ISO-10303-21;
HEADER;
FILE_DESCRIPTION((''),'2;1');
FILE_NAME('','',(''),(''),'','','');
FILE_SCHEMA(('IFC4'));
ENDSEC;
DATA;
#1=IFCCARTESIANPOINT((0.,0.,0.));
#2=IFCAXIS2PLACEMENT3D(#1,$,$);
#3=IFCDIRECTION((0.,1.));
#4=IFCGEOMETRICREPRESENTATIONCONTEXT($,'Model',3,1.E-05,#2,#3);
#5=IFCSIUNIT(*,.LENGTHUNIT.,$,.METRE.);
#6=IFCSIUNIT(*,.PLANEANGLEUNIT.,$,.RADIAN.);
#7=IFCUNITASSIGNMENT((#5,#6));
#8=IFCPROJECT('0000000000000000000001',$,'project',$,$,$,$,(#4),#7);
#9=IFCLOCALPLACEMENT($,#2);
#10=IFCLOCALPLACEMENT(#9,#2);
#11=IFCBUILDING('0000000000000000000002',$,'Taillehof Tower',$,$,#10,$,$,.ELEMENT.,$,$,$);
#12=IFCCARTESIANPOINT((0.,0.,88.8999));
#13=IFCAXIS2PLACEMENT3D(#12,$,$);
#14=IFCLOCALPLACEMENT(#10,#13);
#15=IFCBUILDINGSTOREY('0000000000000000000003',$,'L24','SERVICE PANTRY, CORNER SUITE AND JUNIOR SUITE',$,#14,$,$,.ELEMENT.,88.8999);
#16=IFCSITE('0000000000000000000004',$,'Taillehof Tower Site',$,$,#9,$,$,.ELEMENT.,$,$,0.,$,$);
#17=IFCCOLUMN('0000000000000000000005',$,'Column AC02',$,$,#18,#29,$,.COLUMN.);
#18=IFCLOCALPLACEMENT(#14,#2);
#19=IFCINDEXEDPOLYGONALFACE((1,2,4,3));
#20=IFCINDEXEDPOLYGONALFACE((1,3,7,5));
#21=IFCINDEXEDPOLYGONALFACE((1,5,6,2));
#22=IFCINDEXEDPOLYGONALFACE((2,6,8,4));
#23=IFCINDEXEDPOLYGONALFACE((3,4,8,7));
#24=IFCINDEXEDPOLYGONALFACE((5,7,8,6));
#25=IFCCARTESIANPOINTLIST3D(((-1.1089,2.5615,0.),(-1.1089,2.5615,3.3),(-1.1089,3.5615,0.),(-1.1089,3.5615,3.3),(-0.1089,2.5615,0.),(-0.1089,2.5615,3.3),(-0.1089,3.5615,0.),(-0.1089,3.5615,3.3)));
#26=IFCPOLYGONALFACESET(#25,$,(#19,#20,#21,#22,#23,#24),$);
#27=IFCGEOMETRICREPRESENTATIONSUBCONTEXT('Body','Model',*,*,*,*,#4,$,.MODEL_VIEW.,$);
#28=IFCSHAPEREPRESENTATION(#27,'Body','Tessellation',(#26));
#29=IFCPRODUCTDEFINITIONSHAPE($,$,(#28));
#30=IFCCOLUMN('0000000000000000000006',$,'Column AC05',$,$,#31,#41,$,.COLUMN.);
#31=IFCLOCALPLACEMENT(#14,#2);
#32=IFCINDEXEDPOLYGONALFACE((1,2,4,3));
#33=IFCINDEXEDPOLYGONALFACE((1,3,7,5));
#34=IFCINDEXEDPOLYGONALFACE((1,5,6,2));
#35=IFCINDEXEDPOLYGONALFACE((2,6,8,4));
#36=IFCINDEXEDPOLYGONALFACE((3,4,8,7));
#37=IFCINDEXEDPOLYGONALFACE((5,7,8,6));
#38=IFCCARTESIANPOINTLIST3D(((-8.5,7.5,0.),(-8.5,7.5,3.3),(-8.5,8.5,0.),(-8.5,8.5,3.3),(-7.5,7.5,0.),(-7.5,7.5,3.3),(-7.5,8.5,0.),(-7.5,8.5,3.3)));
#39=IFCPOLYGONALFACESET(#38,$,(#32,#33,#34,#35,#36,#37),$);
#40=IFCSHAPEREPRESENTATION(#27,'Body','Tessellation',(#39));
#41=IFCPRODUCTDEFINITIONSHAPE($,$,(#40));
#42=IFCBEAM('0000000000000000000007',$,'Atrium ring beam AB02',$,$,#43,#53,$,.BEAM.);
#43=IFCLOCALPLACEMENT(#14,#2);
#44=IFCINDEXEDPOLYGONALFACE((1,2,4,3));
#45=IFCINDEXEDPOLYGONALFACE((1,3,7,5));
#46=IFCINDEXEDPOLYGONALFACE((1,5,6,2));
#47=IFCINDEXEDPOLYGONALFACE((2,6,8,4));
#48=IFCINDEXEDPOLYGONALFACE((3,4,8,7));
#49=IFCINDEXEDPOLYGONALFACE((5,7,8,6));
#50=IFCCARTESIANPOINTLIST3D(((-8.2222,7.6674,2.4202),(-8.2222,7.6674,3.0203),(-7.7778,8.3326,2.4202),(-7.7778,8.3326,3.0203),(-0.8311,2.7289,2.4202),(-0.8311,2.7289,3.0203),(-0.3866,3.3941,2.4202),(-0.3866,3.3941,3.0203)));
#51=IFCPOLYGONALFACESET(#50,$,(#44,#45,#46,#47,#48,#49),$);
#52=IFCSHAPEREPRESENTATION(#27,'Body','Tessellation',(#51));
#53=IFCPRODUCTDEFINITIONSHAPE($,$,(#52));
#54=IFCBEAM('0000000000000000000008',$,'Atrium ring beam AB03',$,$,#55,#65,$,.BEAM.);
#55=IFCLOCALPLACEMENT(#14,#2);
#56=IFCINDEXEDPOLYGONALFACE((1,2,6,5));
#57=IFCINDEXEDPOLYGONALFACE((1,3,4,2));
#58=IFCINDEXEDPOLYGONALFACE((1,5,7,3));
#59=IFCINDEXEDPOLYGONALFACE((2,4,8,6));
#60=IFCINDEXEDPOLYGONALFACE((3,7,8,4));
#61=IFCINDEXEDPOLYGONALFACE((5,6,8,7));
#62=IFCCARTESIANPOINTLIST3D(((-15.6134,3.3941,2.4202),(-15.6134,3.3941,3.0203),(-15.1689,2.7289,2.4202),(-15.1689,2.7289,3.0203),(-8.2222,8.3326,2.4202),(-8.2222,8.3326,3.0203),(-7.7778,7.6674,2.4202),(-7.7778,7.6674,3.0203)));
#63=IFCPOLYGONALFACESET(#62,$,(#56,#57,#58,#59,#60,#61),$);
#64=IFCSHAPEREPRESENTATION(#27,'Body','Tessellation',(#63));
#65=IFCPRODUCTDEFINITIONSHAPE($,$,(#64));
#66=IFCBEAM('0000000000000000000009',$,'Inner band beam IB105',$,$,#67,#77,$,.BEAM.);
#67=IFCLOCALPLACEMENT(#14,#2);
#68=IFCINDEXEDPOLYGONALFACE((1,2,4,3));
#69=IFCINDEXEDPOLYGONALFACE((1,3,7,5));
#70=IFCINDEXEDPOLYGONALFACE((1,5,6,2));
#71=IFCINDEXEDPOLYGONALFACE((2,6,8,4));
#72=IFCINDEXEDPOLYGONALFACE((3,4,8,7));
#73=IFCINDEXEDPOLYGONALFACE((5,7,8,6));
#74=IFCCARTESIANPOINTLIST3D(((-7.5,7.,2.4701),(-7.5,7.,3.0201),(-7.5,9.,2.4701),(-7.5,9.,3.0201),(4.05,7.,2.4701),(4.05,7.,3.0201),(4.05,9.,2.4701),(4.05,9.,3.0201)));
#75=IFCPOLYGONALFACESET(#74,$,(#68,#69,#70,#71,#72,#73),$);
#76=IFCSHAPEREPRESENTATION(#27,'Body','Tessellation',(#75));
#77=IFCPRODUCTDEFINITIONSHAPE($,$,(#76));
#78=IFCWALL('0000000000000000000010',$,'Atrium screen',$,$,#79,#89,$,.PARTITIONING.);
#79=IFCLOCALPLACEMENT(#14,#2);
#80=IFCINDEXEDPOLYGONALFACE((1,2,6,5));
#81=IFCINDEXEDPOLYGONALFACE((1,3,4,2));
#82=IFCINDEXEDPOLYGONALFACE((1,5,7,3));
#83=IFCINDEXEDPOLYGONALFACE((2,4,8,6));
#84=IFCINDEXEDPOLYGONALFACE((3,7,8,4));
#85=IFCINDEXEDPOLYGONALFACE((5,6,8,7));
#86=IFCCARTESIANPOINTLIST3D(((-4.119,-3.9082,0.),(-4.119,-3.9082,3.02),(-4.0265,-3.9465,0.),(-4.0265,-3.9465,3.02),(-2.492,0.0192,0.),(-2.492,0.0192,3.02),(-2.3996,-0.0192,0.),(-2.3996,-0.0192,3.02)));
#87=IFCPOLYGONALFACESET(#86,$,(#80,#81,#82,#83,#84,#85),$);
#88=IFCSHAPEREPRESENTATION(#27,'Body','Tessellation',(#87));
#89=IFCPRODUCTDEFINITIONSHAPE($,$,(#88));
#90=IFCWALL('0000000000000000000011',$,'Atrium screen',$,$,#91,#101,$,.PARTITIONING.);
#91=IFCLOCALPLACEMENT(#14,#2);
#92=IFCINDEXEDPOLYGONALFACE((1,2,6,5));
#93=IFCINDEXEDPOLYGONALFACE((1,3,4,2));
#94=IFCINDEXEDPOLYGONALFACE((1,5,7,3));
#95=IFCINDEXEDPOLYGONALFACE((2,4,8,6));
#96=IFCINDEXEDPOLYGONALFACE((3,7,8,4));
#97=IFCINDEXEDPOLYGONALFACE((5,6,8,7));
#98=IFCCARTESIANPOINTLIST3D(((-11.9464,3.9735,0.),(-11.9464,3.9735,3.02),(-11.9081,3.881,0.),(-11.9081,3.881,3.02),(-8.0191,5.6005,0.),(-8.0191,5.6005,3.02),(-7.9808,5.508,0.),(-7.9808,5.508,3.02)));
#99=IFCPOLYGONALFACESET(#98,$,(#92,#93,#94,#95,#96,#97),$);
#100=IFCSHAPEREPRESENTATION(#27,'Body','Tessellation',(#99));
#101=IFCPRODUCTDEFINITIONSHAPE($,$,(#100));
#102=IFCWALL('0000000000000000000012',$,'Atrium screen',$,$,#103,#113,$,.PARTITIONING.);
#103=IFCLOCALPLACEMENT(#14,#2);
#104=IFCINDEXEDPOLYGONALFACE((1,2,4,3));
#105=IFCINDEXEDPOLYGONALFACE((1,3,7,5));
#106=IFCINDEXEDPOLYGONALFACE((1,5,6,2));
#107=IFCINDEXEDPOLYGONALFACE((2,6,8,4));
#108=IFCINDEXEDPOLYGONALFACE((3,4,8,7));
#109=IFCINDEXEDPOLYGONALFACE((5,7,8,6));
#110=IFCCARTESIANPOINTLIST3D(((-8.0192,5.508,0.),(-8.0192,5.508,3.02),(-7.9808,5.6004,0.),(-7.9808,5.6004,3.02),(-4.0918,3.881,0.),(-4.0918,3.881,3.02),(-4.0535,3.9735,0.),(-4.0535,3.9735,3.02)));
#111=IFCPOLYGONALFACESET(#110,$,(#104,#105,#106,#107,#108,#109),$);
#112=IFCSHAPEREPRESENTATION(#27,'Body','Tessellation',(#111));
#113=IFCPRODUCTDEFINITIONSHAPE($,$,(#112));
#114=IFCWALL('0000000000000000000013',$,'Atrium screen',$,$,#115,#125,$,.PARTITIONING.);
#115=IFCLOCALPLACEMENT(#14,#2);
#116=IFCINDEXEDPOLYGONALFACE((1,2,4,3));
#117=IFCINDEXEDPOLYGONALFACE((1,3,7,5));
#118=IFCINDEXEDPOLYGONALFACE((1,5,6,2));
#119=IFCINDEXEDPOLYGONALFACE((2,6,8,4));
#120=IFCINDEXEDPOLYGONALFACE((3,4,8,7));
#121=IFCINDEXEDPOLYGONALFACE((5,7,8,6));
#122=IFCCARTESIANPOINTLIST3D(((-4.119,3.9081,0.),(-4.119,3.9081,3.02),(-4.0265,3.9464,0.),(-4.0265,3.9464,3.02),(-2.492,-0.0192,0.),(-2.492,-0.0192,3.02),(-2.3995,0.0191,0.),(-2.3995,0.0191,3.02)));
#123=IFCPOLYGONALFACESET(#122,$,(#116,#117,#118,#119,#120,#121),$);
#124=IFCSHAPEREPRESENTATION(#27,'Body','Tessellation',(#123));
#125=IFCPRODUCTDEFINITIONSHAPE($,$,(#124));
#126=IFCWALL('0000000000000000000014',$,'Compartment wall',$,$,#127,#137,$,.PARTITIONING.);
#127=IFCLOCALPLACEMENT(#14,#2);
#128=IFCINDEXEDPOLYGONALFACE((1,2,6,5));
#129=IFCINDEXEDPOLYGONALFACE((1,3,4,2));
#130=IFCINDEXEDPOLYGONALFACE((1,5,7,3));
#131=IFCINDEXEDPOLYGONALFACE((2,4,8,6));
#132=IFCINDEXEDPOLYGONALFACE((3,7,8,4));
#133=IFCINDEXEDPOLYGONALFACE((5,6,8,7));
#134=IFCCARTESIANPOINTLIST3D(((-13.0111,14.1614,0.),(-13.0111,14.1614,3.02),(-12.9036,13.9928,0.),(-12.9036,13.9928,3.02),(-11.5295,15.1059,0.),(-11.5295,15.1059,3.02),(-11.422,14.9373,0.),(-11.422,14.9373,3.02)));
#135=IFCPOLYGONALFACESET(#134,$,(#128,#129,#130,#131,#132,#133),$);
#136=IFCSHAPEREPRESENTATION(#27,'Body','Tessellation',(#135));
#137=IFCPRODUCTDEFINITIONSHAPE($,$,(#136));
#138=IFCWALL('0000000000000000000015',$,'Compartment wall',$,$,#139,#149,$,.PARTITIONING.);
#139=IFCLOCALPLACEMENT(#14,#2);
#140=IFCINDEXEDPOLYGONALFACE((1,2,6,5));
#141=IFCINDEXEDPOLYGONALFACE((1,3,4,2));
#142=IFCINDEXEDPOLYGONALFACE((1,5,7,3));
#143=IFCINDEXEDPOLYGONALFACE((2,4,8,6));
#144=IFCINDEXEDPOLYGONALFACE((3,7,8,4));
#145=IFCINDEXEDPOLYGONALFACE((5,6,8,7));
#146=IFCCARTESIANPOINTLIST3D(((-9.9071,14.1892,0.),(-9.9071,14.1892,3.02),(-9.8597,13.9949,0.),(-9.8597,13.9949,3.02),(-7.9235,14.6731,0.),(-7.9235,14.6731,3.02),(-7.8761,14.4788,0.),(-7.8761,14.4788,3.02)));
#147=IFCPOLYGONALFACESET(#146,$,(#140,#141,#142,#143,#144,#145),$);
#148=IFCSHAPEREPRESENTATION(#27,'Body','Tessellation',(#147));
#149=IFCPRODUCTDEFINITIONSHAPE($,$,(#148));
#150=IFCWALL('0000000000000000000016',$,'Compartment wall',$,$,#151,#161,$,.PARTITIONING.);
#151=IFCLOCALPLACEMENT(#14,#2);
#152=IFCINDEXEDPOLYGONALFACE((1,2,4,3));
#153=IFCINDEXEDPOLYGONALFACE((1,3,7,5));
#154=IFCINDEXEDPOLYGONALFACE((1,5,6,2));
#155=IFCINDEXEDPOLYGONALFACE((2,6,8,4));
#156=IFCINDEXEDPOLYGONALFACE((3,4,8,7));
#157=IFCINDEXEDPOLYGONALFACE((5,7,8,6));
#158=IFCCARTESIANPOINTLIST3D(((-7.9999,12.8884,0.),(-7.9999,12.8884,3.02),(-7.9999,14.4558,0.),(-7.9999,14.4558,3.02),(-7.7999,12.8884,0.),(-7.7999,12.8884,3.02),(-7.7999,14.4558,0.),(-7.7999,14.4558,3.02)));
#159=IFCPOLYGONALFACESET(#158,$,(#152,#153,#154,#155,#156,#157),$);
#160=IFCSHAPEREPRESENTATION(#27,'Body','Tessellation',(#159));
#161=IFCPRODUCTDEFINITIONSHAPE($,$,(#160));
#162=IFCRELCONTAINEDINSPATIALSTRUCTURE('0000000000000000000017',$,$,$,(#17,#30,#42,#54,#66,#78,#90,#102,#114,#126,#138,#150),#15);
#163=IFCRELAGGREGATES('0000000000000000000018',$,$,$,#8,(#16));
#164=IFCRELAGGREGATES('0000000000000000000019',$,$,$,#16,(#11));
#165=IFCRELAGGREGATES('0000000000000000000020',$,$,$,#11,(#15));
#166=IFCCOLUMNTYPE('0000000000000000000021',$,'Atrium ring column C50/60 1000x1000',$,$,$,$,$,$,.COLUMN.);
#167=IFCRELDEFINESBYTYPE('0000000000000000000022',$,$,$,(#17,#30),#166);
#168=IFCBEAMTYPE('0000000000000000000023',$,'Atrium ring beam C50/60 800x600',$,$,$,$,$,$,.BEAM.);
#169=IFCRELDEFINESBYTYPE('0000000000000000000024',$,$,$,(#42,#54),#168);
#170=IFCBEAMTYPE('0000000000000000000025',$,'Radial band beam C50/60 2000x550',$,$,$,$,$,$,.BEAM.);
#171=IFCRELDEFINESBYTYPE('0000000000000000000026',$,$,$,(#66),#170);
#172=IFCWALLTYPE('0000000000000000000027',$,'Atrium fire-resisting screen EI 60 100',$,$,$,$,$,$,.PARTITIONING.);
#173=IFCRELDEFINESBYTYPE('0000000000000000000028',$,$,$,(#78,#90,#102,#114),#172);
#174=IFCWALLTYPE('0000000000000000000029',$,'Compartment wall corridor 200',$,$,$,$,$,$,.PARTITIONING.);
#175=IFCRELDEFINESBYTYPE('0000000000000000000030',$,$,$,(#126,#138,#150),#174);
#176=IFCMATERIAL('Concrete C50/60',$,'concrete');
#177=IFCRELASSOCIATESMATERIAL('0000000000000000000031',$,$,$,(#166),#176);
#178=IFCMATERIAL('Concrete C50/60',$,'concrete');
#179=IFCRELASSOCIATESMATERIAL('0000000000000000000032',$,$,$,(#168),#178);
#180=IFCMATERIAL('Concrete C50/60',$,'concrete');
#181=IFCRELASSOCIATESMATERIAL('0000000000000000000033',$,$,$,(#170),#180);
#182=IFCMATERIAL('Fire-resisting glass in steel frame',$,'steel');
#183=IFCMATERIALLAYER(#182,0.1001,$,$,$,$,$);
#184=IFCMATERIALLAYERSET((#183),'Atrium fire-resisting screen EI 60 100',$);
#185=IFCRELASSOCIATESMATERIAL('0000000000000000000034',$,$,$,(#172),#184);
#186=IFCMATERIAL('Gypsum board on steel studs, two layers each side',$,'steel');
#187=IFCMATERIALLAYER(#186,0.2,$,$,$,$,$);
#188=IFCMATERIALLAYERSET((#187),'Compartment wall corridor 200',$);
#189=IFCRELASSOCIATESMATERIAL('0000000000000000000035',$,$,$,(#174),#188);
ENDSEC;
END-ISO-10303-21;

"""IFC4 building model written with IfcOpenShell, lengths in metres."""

from ifc_helpers import new_model, si_unit, direction, frame, frame_2d, origin, origin_2d, place, context, subcontext, project, spatial, rectangle, extrude, material, layer, layer_set, material_profile, profile_set, type_object, element, save


model = new_model("IFC4")

# Units and contexts
model_context = context("Model", 3, precision=1e-05, world=origin(), true_north=direction((0.0, 1.0)))
body_context = subcontext(model_context, "Body", "Model", "MODEL_VIEW")
ifc_project = project(units=[si_unit("LENGTHUNIT", "METRE"), si_unit("PLANEANGLEUNIT", "RADIAN")], contexts=[model_context])

# Site, building, storey
site_placement = place(None, origin())
site = spatial("IfcSite", under=ifc_project, at=site_placement, Name="Taillehof Tower Site", CompositionType="ELEMENT", RefElevation=0.0)
building_placement = place(site_placement, origin())
building = spatial("IfcBuilding", under=site, at=building_placement, Name="Taillehof Tower", CompositionType="ELEMENT")
storey_placement = place(building_placement, frame((0.0, 0.0, 88.8999)))
storey = spatial("IfcBuildingStorey", under=building, at=storey_placement, Name="L24", Description="SERVICE PANTRY, CORNER SUITE AND JUNIOR SUITE", CompositionType="ELEMENT", Elevation=88.8999)

# Columns
ifc_material_1 = material(Name="Concrete C50/60", Category="concrete")
ifc_material_profile_1 = material_profile(ifc_material_1, rectangle(XDim=1.0, YDim=1.0, at=origin_2d()), Name="RC 1000x1000")
ifc_profile_set_1 = profile_set([ifc_material_profile_1], Name="Concrete C50/60")
column_type = type_object("IfcColumnType", Name="Atrium ring column C50/60 1000x1000", PredefinedType="COLUMN", material=ifc_profile_set_1)
for number, where, z_axis, x_axis, name in (
    (1, (-0.6089, 3.0615, 0.0), (0.0, 0.0, 1.0), (1.0, 0.0, 0.0), "Column AC02"),
    (2, (-8.0, 8.0, 0.0), (0.0, 0.0, 1.0), (1.0, 0.0, 0.0), "Column AC05"),
):
    element("IfcColumn", number, at=place(storey_placement, frame(where, z_axis=z_axis, x_axis=x_axis)), inside=storey, type_object=column_type, Name=name, PredefinedType="COLUMN", context=body_context, shape_type="SweptSolid", body=[
        extrude(rectangle(XDim=1.0, YDim=1.0, at=origin_2d()), origin(), (0.0, 0.0, 1.0), 3.3),
    ])

# Beams
ifc_material_2 = material(Name="Concrete C50/60", Category="concrete")
ifc_material_profile_2 = material_profile(ifc_material_2, rectangle(XDim=0.8, YDim=0.6001, at=origin_2d()), Name="RC 800x600")
ifc_profile_set_2 = profile_set([ifc_material_profile_2], Name="Concrete C50/60")
beam_type_1 = type_object("IfcBeamType", Name="Atrium ring beam C50/60 800x600", PredefinedType="BEAM", material=ifc_profile_set_2)
for number, where, z_axis, x_axis, name in (
    (3, (-0.6089, 3.0615, 2.7202), (-0.831475, 0.555562, 0.0), (-0.555562, -0.831475, 0.0), "Atrium ring beam AB02"),
    (4, (-8.0, 8.0, 2.7202), (-0.831475, -0.555562, 0.0), (0.555562, -0.831475, 0.0), "Atrium ring beam AB03"),
):
    element("IfcBeam", number, at=place(storey_placement, frame(where, z_axis=z_axis, x_axis=x_axis)), inside=storey, type_object=beam_type_1, Name=name, PredefinedType="BEAM", context=body_context, shape_type="SweptSolid", body=[
        extrude(rectangle(XDim=0.8, YDim=0.6001, at=origin_2d()), origin(), (0.0, 0.0, 1.0), 8.8892),
    ])
ifc_material_3 = material(Name="Concrete C50/60", Category="concrete")
ifc_material_profile_3 = material_profile(ifc_material_3, rectangle(XDim=2.0, YDim=0.55, at=origin_2d()), Name="RC 2000x550")
ifc_profile_set_3 = profile_set([ifc_material_profile_3], Name="Concrete C50/60")
beam_type_2 = type_object("IfcBeamType", Name="Radial band beam C50/60 2000x550", PredefinedType="BEAM", material=ifc_profile_set_3)
beam_placement = place(storey_placement, frame((-7.5, 8.0, 2.7451), z_axis=(1.0, 0.0, 0.0), x_axis=(0.0, 1.0, 0.0)))
element("IfcBeam", 5, at=beam_placement, inside=storey, type_object=beam_type_2, Name="Inner band beam IB105", PredefinedType="BEAM", context=body_context, shape_type="SweptSolid", body=[
    extrude(rectangle(XDim=2.0, YDim=0.55, at=origin_2d()), origin(), (0.0, 0.0, 1.0), 11.55),
])

# Walls
ifc_material_4 = material(Name="Fire-resisting glass in steel frame", Category="steel")
ifc_layer_1 = layer(ifc_material_4, 0.1001)
ifc_layer_set_1 = layer_set([ifc_layer_1], Name="Atrium fire-resisting screen EI 60 100")
wall_type_1 = type_object("IfcWallType", Name="Atrium fire-resisting screen EI 60 100", PredefinedType="PARTITIONING", material=ifc_layer_set_1)
for number, where, z_axis, x_axis, name in (
    (6, (-2.4458, 0.0, 0.0), (0.0, 0.0, 1.0), (-0.382731, -0.92386, 0.0), "Atrium screen"),
    (7, (-11.9272, 3.9272, 0.0), (0.0, 0.0, 1.0), (0.92386, 0.382731, 0.0), "Atrium screen"),
    (8, (-8.0, 5.5542, 0.0), (0.0, 0.0, 1.0), (0.92386, -0.382731, 0.0), "Atrium screen"),
    (9, (-4.0728, 3.9272, 0.0), (0.0, 0.0, 1.0), (0.382731, -0.92386, 0.0), "Atrium screen"),
):
    element("IfcWall", number, at=place(storey_placement, frame(where, z_axis=z_axis, x_axis=x_axis)), inside=storey, type_object=wall_type_1, Name=name, PredefinedType="PARTITIONING", context=body_context, shape_type="SweptSolid", body=[
        extrude(rectangle(XDim=4.251, YDim=0.1001, at=frame_2d((2.1255, 0.0))), origin(), (0.0, 0.0, 1.0), 3.02),
    ])
ifc_material_5 = material(Name="Gypsum board on steel studs, two layers each side", Category="steel")
ifc_layer_2 = layer(ifc_material_5, 0.2)
ifc_layer_set_2 = layer_set([ifc_layer_2], Name="Compartment wall corridor 200")
wall_type_2 = type_object("IfcWallType", Name="Compartment wall corridor 200", PredefinedType="PARTITIONING", material=ifc_layer_set_2)
wall_1_placement = place(storey_placement, frame((-12.9573, 14.0771, 0.0), z_axis=(0.0, 0.0, 1.0), x_axis=(0.843226, 0.537559, 0.0)))
element("IfcWall", 10, at=wall_1_placement, inside=storey, type_object=wall_type_2, Name="Compartment wall", PredefinedType="PARTITIONING", context=body_context, shape_type="SweptSolid", body=[
    extrude(rectangle(XDim=1.7571, YDim=0.2, at=frame_2d((0.8784, 0.0))), origin(), (0.0, 0.0, 1.0), 3.02),
])
wall_2_placement = place(storey_placement, frame((-9.8835, 14.092, 0.0), z_axis=(0.0, 0.0, 1.0), x_axis=(0.971512, 0.236989, 0.0)))
element("IfcWall", 11, at=wall_2_placement, inside=storey, type_object=wall_type_2, Name="Compartment wall", PredefinedType="PARTITIONING", context=body_context, shape_type="SweptSolid", body=[
    extrude(rectangle(XDim=2.0417, YDim=0.2, at=frame_2d((1.021, 0.0))), origin(), (0.0, 0.0, 1.0), 3.02),
])
wall_3_placement = place(storey_placement, frame((-7.8999, 14.4558, 0.0), z_axis=(0.0, 0.0, 1.0), x_axis=(0.0, -1.0, 0.0)))
element("IfcWall", 12, at=wall_3_placement, inside=storey, type_object=wall_type_2, Name="Compartment wall", PredefinedType="PARTITIONING", context=body_context, shape_type="SweptSolid", body=[
    extrude(rectangle(XDim=1.5674, YDim=0.2, at=frame_2d((0.7837, 0.0))), origin(), (0.0, 0.0, 1.0), 3.02),
])

save(model, "model.ifc")
